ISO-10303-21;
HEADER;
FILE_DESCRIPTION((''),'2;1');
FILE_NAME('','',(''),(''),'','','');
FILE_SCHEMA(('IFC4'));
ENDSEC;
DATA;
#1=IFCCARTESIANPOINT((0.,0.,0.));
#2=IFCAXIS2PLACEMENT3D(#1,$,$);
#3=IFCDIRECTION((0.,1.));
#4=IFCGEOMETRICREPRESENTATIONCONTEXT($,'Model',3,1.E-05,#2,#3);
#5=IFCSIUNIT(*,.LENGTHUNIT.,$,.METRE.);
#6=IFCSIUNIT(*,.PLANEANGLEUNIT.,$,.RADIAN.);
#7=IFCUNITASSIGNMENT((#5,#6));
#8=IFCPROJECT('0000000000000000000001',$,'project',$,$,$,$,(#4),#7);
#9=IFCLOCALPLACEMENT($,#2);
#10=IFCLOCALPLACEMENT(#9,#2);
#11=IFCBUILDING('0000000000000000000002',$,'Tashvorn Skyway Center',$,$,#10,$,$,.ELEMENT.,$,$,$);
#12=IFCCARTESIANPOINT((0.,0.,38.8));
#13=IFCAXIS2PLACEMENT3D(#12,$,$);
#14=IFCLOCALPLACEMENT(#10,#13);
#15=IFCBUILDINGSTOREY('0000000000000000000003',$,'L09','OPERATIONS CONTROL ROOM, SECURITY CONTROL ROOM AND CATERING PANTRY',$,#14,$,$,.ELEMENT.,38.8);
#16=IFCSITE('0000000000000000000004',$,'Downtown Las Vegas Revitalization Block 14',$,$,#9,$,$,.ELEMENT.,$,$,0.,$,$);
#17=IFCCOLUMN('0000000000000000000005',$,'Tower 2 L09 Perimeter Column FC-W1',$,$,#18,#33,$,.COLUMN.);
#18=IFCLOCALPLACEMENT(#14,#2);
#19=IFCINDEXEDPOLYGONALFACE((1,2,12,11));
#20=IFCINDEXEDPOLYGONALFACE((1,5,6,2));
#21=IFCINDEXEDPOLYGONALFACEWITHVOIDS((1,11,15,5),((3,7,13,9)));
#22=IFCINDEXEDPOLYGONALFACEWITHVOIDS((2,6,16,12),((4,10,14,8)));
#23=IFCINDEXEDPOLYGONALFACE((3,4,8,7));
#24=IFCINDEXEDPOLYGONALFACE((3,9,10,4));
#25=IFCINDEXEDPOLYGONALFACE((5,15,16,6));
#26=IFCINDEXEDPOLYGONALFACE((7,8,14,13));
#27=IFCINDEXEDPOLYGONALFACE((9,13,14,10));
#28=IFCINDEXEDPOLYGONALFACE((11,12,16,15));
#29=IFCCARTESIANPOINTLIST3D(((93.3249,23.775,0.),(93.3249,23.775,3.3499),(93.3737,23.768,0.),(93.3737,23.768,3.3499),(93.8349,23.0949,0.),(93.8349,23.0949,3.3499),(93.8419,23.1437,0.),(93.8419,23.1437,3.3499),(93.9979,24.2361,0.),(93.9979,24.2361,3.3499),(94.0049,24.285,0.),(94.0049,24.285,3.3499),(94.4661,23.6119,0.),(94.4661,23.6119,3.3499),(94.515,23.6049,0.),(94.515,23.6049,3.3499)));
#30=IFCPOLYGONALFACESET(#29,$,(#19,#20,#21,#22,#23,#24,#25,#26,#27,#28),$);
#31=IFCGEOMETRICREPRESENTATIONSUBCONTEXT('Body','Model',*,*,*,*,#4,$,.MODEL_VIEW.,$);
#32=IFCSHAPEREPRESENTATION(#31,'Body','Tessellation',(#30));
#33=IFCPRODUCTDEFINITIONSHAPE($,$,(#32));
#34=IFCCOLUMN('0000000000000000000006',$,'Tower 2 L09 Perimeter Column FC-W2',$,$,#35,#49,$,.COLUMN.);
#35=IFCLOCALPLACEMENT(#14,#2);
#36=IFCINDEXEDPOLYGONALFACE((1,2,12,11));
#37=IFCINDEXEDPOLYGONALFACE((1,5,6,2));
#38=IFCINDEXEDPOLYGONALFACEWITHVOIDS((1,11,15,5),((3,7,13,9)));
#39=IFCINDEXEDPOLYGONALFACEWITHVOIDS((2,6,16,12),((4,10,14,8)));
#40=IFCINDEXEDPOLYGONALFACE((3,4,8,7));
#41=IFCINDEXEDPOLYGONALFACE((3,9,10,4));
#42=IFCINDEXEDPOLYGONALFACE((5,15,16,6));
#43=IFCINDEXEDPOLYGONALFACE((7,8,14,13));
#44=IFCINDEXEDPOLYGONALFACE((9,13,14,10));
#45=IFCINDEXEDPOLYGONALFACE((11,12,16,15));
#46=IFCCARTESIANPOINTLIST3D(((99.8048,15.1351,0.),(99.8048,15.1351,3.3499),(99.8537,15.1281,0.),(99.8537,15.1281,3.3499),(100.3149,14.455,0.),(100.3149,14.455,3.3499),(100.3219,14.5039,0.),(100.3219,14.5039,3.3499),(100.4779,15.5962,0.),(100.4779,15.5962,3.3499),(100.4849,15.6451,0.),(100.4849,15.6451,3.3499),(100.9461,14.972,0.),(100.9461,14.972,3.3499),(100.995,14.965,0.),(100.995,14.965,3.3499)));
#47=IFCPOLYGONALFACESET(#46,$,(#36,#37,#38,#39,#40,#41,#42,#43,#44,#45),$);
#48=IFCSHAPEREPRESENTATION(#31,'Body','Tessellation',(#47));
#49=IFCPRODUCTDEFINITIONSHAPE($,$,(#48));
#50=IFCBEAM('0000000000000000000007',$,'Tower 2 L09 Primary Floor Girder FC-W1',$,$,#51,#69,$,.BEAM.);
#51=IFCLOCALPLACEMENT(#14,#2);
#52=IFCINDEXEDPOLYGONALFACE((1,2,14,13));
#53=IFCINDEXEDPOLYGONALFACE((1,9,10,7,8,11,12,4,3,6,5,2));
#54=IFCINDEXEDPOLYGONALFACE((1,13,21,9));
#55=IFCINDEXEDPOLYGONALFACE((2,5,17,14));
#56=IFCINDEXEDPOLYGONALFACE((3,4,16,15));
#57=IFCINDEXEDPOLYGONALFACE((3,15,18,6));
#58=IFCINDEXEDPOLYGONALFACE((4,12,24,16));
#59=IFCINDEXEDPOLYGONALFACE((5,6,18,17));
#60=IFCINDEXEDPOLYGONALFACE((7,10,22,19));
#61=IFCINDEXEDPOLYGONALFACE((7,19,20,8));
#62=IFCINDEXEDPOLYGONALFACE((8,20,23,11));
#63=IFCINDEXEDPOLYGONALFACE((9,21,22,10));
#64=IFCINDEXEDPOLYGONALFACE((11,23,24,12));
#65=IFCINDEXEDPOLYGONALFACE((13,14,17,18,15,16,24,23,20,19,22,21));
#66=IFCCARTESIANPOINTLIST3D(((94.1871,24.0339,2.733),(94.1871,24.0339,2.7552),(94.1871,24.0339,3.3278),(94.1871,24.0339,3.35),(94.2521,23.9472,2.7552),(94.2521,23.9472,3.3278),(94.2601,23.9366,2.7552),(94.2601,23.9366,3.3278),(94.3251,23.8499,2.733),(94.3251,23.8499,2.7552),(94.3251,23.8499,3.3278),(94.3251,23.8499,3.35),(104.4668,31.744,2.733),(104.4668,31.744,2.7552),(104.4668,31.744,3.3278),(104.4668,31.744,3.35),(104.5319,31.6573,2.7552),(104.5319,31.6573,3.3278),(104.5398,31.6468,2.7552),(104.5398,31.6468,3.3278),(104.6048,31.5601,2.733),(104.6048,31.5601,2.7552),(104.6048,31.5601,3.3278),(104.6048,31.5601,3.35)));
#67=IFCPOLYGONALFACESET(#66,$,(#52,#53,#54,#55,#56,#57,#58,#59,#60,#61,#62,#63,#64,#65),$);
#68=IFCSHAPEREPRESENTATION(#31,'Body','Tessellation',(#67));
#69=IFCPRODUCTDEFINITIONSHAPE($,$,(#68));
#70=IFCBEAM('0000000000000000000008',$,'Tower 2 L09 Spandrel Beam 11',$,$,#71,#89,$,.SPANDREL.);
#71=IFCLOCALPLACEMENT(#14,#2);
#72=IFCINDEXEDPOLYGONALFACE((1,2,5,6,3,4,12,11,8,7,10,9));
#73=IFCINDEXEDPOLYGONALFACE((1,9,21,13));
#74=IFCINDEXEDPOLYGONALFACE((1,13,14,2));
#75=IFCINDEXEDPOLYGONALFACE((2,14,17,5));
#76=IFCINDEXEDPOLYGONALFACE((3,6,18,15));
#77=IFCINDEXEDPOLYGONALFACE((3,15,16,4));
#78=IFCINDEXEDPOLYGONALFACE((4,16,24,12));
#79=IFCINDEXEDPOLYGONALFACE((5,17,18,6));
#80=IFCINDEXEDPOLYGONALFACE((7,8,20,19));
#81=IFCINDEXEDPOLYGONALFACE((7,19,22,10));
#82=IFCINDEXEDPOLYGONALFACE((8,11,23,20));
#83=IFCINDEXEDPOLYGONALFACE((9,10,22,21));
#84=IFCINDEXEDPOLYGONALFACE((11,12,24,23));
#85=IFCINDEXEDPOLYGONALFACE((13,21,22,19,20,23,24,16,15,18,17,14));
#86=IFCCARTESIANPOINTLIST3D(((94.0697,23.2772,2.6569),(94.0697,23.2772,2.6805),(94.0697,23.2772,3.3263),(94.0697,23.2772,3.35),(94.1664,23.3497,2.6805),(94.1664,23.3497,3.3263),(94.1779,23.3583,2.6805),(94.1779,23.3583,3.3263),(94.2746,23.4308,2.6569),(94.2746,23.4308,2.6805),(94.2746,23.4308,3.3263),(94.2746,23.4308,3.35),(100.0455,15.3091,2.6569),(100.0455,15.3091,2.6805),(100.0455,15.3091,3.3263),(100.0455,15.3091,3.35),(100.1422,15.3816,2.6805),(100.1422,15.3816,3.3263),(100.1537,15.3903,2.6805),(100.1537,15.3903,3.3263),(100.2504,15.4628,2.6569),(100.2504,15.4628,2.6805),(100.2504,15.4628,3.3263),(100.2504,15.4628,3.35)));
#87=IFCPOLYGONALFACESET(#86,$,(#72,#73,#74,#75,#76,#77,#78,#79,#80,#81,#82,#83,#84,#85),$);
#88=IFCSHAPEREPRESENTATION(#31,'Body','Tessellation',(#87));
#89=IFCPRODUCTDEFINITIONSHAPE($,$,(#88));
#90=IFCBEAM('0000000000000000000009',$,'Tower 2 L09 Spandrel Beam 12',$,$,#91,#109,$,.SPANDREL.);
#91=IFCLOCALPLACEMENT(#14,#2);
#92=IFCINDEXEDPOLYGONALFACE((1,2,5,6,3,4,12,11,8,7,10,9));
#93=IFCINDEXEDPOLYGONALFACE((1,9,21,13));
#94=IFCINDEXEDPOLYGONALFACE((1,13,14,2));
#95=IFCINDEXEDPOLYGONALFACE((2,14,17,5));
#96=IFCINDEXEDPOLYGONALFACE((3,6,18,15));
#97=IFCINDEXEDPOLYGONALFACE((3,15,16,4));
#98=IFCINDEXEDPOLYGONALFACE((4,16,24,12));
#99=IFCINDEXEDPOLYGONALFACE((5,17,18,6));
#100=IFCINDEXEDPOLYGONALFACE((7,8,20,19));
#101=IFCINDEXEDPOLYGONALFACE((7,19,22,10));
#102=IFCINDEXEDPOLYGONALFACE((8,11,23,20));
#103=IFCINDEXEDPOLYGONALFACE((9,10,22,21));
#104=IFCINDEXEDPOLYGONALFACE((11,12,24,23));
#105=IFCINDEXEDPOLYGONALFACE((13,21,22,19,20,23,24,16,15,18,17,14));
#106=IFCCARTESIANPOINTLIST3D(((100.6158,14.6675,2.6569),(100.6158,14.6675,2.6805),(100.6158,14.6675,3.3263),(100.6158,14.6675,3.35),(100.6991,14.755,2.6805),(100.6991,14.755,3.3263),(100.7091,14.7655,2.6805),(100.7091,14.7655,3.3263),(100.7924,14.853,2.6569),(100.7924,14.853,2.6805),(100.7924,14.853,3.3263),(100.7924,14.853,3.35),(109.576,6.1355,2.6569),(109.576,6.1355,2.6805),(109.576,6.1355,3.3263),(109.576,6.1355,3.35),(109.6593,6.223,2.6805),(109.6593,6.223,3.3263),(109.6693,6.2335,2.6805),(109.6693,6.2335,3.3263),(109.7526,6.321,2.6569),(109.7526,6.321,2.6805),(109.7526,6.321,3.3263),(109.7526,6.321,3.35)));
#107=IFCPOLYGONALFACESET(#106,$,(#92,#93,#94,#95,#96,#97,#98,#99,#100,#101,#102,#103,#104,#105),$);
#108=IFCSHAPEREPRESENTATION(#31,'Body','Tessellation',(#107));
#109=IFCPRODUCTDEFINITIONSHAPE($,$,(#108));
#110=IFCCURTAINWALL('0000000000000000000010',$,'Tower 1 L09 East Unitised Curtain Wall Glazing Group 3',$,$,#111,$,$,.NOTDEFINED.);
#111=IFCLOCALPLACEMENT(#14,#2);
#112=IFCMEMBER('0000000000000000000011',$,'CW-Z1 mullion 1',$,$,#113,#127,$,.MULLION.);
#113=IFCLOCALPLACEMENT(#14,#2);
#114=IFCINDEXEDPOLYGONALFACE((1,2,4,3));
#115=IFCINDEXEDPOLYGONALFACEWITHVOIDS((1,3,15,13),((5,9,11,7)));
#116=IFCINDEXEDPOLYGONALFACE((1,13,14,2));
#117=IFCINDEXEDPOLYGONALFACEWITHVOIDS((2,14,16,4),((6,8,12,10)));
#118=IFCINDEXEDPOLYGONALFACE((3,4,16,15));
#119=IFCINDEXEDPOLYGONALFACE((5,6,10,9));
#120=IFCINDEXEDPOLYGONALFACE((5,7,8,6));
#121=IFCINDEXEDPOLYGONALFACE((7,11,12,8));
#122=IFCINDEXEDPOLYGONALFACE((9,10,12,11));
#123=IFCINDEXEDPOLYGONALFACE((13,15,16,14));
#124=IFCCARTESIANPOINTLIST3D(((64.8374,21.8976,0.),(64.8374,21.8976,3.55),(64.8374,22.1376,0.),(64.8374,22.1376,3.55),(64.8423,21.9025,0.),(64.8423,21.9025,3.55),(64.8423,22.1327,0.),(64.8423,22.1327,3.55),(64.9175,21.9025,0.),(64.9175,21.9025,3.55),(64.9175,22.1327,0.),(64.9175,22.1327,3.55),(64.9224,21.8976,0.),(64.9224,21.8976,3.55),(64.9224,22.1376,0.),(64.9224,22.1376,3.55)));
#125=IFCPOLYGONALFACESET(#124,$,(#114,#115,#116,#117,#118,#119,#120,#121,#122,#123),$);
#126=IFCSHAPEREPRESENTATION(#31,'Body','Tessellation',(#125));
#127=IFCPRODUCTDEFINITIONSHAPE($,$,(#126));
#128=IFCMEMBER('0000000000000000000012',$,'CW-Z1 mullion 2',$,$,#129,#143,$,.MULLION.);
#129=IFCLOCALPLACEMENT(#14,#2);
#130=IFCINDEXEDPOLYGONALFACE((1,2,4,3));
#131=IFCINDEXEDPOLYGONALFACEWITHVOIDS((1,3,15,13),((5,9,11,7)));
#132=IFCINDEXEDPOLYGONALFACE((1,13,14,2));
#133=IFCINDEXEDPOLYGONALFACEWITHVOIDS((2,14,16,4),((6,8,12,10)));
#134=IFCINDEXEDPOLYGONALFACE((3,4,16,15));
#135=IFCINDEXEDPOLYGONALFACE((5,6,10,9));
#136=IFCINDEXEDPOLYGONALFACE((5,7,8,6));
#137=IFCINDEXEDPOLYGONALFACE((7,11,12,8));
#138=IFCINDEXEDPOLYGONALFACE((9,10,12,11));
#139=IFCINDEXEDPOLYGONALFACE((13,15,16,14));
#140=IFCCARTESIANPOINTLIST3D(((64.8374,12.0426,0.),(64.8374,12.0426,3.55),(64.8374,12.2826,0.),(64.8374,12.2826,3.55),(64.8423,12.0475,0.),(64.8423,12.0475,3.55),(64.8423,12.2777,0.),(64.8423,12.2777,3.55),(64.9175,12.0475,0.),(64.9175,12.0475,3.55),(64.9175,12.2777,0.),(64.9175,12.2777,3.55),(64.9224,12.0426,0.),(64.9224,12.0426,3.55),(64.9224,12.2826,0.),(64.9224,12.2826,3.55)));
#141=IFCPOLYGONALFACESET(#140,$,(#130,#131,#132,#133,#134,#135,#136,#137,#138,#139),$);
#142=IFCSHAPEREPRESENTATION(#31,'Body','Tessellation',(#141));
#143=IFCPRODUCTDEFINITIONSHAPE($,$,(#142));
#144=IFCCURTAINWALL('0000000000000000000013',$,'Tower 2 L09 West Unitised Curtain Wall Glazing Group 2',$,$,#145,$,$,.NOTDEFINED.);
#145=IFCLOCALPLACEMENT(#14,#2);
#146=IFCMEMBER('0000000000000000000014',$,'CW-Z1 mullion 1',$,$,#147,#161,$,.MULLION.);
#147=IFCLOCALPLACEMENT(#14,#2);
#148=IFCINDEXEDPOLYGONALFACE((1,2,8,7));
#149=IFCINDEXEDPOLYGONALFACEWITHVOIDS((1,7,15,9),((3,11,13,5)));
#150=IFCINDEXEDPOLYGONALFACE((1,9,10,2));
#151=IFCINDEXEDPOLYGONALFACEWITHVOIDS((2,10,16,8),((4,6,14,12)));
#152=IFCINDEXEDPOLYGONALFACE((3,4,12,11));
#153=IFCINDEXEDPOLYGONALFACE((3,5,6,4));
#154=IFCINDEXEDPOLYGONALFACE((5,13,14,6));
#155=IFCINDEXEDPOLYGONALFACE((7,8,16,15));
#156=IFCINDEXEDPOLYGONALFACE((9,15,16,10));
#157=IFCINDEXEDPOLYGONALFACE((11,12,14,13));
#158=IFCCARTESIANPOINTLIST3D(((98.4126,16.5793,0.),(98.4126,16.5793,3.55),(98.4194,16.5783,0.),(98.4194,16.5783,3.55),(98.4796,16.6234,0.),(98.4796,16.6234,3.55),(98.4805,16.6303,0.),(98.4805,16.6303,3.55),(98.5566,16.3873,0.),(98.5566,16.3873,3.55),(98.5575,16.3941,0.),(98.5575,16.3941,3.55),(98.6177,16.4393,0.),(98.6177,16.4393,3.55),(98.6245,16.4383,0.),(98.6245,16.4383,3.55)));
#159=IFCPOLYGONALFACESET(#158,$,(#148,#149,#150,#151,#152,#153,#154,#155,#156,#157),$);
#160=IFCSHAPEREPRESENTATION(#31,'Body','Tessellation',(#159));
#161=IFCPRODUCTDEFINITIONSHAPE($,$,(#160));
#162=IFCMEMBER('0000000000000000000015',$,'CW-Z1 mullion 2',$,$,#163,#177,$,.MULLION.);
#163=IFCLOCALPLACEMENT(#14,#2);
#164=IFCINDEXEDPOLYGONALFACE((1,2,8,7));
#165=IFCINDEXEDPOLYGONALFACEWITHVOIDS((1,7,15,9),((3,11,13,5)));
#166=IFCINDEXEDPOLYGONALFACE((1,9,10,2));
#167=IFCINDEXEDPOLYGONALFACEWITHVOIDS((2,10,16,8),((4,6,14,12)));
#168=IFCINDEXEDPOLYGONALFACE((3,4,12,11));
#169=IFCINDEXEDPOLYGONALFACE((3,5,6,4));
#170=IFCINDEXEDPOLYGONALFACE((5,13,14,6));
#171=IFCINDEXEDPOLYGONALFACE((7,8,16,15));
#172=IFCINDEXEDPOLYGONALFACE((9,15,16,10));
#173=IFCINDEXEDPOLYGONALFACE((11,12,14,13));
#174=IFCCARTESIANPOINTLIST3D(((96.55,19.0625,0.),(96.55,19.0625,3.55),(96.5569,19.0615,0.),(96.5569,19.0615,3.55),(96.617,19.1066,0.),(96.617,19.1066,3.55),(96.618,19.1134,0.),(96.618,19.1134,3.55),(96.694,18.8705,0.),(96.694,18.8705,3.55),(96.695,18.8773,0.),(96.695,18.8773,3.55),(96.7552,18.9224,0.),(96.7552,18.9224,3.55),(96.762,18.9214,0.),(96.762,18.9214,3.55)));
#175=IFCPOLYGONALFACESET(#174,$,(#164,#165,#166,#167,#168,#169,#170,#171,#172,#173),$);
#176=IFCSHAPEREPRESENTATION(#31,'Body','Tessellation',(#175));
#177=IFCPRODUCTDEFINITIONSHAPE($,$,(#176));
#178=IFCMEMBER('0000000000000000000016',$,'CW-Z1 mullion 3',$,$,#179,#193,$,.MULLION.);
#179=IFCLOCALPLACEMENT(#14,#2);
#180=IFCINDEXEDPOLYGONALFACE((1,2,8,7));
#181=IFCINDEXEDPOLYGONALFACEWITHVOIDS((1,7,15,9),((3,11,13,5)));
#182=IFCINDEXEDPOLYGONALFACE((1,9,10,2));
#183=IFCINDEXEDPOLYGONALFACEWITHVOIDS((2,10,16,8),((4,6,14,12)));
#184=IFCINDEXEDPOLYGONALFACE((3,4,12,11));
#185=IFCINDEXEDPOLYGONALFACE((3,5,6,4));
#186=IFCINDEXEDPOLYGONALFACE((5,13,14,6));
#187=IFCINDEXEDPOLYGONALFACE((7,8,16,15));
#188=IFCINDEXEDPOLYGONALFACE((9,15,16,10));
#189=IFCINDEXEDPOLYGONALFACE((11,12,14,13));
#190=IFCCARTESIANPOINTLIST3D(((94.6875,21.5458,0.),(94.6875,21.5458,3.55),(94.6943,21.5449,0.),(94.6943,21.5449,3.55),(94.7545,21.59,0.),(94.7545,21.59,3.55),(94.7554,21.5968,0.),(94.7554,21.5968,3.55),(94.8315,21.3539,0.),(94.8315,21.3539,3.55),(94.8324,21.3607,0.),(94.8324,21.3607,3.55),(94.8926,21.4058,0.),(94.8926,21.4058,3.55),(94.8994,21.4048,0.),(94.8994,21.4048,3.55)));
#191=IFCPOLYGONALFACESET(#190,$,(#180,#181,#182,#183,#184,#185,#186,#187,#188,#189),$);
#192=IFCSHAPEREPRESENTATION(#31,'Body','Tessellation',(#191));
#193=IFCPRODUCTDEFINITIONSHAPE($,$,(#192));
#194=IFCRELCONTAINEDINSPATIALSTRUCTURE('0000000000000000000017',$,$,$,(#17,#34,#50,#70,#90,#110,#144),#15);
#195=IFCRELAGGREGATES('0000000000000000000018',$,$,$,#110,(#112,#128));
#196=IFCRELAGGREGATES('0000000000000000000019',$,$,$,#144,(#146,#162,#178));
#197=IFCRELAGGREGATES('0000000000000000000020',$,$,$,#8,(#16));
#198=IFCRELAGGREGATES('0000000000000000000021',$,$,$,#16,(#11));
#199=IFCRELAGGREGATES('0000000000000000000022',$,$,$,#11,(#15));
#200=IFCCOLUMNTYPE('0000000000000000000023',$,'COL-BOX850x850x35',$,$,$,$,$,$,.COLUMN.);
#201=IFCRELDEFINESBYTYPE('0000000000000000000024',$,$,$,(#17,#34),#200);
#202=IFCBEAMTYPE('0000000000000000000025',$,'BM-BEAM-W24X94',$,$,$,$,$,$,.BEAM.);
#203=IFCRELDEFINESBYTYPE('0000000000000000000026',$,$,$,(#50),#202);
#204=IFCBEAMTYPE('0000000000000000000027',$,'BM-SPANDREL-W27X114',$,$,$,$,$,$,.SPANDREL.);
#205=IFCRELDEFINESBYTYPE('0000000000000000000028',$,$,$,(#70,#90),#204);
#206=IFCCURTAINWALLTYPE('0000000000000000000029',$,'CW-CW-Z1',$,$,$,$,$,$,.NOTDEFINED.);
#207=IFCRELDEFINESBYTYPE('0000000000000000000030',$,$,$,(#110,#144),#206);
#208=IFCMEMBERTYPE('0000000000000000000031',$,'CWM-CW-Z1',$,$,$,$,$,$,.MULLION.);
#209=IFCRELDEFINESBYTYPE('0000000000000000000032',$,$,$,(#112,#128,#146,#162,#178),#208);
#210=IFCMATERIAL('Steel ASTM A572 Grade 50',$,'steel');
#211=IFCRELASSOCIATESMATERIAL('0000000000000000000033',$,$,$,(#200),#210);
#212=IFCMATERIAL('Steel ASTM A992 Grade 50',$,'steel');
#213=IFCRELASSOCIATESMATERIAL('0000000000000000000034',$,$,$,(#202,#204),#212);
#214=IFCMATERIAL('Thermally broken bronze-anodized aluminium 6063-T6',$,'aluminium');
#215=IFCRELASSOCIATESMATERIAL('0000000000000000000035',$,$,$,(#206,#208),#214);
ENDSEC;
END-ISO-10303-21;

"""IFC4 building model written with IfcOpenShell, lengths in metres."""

from ifc_helpers import new_model, si_unit, direction, frame, origin, origin_2d, place, context, subcontext, project, spatial, hollow_rectangle, i_section, extrude, material, material_profile, profile_set, type_object, element, aggregate, save


model = new_model("IFC4")

# Units and contexts
model_context = context("Model", 3, precision=1e-05, world=origin(), true_north=direction((0.0, 1.0)))
body_context = subcontext(model_context, "Body", "Model", "MODEL_VIEW")
ifc_project = project(units=[si_unit("LENGTHUNIT", "METRE"), si_unit("PLANEANGLEUNIT", "RADIAN")], contexts=[model_context])

# Site, building, storey
site_placement = place(None, origin())
site = spatial("IfcSite", under=ifc_project, at=site_placement, Name="Downtown Las Vegas Revitalization Block 14", CompositionType="ELEMENT", RefElevation=0.0)
building_placement = place(site_placement, origin())
building = spatial("IfcBuilding", under=site, at=building_placement, Name="Tashvorn Skyway Center", CompositionType="ELEMENT")
storey_placement = place(building_placement, frame((0.0, 0.0, 38.8)))
storey = spatial("IfcBuildingStorey", under=building, at=storey_placement, Name="L09", Description="OPERATIONS CONTROL ROOM, SECURITY CONTROL ROOM AND CATERING PANTRY", CompositionType="ELEMENT", Elevation=38.8)

# Columns
ifc_material_1 = material(Name="Steel ASTM A572 Grade 50", Category="steel")
ifc_material_profile_1 = material_profile(ifc_material_1, hollow_rectangle(XDim=0.8501, YDim=0.8501, WallThickness=0.0349, at=origin_2d()), Name="BOX850x850x35")
ifc_profile_set_1 = profile_set([ifc_material_profile_1], Name="Steel ASTM A572 Grade 50")
column_type = type_object("IfcColumnType", Name="COL-BOX850x850x35", PredefinedType="COLUMN", material=ifc_profile_set_1)
for number, where, z_axis, x_axis, name in (
    (1, (93.9199, 23.6899, 0.0), (0.0, 0.0, 1.0), (0.8, 0.6, 0.0), "Tower 2 L09 Perimeter Column FC-W1"),
    (2, (100.3999, 15.05, 0.0), (0.0, 0.0, 1.0), (0.8, 0.6, 0.0), "Tower 2 L09 Perimeter Column FC-W2"),
):
    element("IfcColumn", number, at=place(storey_placement, frame(where, z_axis=z_axis, x_axis=x_axis)), inside=storey, type_object=column_type, Name=name, PredefinedType="COLUMN", context=body_context, shape_type="SweptSolid", body=[
        extrude(hollow_rectangle(XDim=0.8501, YDim=0.8501, WallThickness=0.0349, at=origin_2d()), origin(), (0.0, 0.0, 1.0), 3.3499),
    ])

# Beams
ifc_material_2 = material(Name="Steel ASTM A992 Grade 50", Category="steel")
ifc_material_profile_2 = material_profile(ifc_material_2, i_section(OverallWidth=0.23, OverallDepth=0.6169, WebThickness=0.0132, FlangeThickness=0.0222, at=origin_2d()), Name="W24X94")
ifc_profile_set_2 = profile_set([ifc_material_profile_2], Name="Steel ASTM A992 Grade 50")
beam_type_1 = type_object("IfcBeamType", Name="BM-BEAM-W24X94", PredefinedType="BEAM", material=ifc_profile_set_2)
beam_1_placement = place(storey_placement, frame((94.2561, 23.9419, 3.0415), z_axis=(0.799986, 0.600018, 0.0), x_axis=(-0.600018, 0.799986, 0.0)))
element("IfcBeam", 3, at=beam_1_placement, inside=storey, type_object=beam_type_1, Name="Tower 2 L09 Primary Floor Girder FC-W1", PredefinedType="BEAM", context=body_context, shape_type="SweptSolid", body=[
    extrude(i_section(OverallWidth=0.23, OverallDepth=0.6169, WebThickness=0.0132, FlangeThickness=0.0222, at=origin_2d()), origin(), (0.0, 0.0, 1.0), 12.8499),
])
ifc_material_profile_3 = material_profile(ifc_material_2, i_section(OverallWidth=0.2561, OverallDepth=0.6931, WebThickness=0.0144, FlangeThickness=0.0237, at=origin_2d()), Name="W27X114")
ifc_profile_set_3 = profile_set([ifc_material_profile_3], Name="Steel ASTM A992 Grade 50")
beam_type_2 = type_object("IfcBeamType", Name="BM-SPANDREL-W27X114", PredefinedType="SPANDREL", material=ifc_profile_set_3)
beam_2_placement = place(storey_placement, frame((94.1721, 23.354, 3.0034), z_axis=(0.599988, -0.800009, 0.0), x_axis=(0.800009, 0.599988, 0.0)))
element("IfcBeam", 4, at=beam_2_placement, inside=storey, type_object=beam_type_2, Name="Tower 2 L09 Spandrel Beam 11", PredefinedType="SPANDREL", context=body_context, shape_type="SweptSolid", body=[
    extrude(i_section(OverallWidth=0.2561, OverallDepth=0.6931, WebThickness=0.0144, FlangeThickness=0.0237, at=origin_2d()), origin(), (0.0, 0.0, 1.0), 9.96),
])
beam_3_placement = place(storey_placement, frame((100.7041, 14.7603, 3.0034), z_axis=(0.7242, -0.68959, 0.0), x_axis=(0.68959, 0.7242, 0.0)))
element("IfcBeam", 5, at=beam_3_placement, inside=storey, type_object=beam_type_2, Name="Tower 2 L09 Spandrel Beam 12", PredefinedType="SPANDREL", context=body_context, shape_type="SweptSolid", body=[
    extrude(i_section(OverallWidth=0.2561, OverallDepth=0.6931, WebThickness=0.0144, FlangeThickness=0.0237, at=origin_2d()), origin(), (0.0, 0.0, 1.0), 12.3726),
])

# Curtain walls, members
ifc_material_3 = material(Name="Thermally broken bronze-anodized aluminium 6063-T6", Category="aluminium")
curtain_wall_type = type_object("IfcCurtainWallType", Name="CW-CW-Z1", PredefinedType="NOTDEFINED", material=ifc_material_3)
curtain_wall_1_placement = place(storey_placement, origin())
curtain_wall_1 = element("IfcCurtainWall", 6, at=curtain_wall_1_placement, inside=storey, type_object=curtain_wall_type, Name="Tower 1 L09 East Unitised Curtain Wall Glazing Group 3", PredefinedType="NOTDEFINED")
ifc_material_profile_4 = material_profile(ifc_material_3, hollow_rectangle(XDim=0.085, YDim=0.24, WallThickness=0.0049, at=origin_2d()), Name="ALU-MULL-85x240")
ifc_profile_set_4 = profile_set([ifc_material_profile_4], Name="Thermally broken bronze-anodized aluminium 6063-T6")
member_type_1 = type_object("IfcMemberType", Name="CWM-CW-Z1", PredefinedType="MULLION", material=ifc_profile_set_4)
member_1_placement = place(storey_placement, frame((64.8799, 22.0176, 0.0), z_axis=(0.0, 0.0, 1.0), x_axis=(1.0, 0.0, 0.0)))
member_1 = element("IfcMember", 7, at=member_1_placement, type_object=member_type_1, Name="CW-Z1 mullion 1", PredefinedType="MULLION", context=body_context, shape_type="SweptSolid", body=[
    extrude(hollow_rectangle(XDim=0.085, YDim=0.24, WallThickness=0.0049, at=origin_2d()), origin(), (0.0, 0.0, 1.0), 3.55),
])
member_2_placement = place(storey_placement, frame((64.8799, 12.1626, 0.0), z_axis=(0.0, 0.0, 1.0), x_axis=(1.0, 0.0, 0.0)))
member_2 = element("IfcMember", 8, at=member_2_placement, type_object=member_type_1, Name="CW-Z1 mullion 2", PredefinedType="MULLION", context=body_context, shape_type="SweptSolid", body=[
    extrude(hollow_rectangle(XDim=0.085, YDim=0.24, WallThickness=0.0049, at=origin_2d()), origin(), (0.0, 0.0, 1.0), 3.55),
])
curtain_wall_2_placement = place(storey_placement, origin())
curtain_wall_2 = element("IfcCurtainWall", 9, at=curtain_wall_2_placement, inside=storey, type_object=curtain_wall_type, Name="Tower 2 L09 West Unitised Curtain Wall Glazing Group 2", PredefinedType="NOTDEFINED")
member_3_placement = place(storey_placement, frame((98.5186, 16.5088, 0.0), z_axis=(0.0, 0.0, 1.0), x_axis=(-0.799996, -0.600005, 0.0)))
member_3 = element("IfcMember", 10, at=member_3_placement, type_object=member_type_1, Name="CW-Z1 mullion 1", PredefinedType="MULLION", context=body_context, shape_type="SweptSolid", body=[
    extrude(hollow_rectangle(XDim=0.085, YDim=0.24, WallThickness=0.0049, at=origin_2d()), origin(), (0.0, 0.0, 1.0), 3.55),
])
member_4_placement = place(storey_placement, frame((96.656, 18.9919, 0.0), z_axis=(0.0, 0.0, 1.0), x_axis=(-0.799996, -0.600005, 0.0)))
member_4 = element("IfcMember", 11, at=member_4_placement, type_object=member_type_1, Name="CW-Z1 mullion 2", PredefinedType="MULLION", context=body_context, shape_type="SweptSolid", body=[
    extrude(hollow_rectangle(XDim=0.085, YDim=0.24, WallThickness=0.0049, at=origin_2d()), origin(), (0.0, 0.0, 1.0), 3.55),
])
member_5_placement = place(storey_placement, frame((94.7935, 21.4753, 0.0), z_axis=(0.0, 0.0, 1.0), x_axis=(-0.799996, -0.600005, 0.0)))
member_5 = element("IfcMember", 12, at=member_5_placement, type_object=member_type_1, Name="CW-Z1 mullion 3", PredefinedType="MULLION", context=body_context, shape_type="SweptSolid", body=[
    extrude(hollow_rectangle(XDim=0.085, YDim=0.24, WallThickness=0.0049, at=origin_2d()), origin(), (0.0, 0.0, 1.0), 3.55),
])

aggregate(curtain_wall_1, [member_1, member_2])
aggregate(curtain_wall_2, [member_3, member_4, member_5])

save(model, "model.ifc")
